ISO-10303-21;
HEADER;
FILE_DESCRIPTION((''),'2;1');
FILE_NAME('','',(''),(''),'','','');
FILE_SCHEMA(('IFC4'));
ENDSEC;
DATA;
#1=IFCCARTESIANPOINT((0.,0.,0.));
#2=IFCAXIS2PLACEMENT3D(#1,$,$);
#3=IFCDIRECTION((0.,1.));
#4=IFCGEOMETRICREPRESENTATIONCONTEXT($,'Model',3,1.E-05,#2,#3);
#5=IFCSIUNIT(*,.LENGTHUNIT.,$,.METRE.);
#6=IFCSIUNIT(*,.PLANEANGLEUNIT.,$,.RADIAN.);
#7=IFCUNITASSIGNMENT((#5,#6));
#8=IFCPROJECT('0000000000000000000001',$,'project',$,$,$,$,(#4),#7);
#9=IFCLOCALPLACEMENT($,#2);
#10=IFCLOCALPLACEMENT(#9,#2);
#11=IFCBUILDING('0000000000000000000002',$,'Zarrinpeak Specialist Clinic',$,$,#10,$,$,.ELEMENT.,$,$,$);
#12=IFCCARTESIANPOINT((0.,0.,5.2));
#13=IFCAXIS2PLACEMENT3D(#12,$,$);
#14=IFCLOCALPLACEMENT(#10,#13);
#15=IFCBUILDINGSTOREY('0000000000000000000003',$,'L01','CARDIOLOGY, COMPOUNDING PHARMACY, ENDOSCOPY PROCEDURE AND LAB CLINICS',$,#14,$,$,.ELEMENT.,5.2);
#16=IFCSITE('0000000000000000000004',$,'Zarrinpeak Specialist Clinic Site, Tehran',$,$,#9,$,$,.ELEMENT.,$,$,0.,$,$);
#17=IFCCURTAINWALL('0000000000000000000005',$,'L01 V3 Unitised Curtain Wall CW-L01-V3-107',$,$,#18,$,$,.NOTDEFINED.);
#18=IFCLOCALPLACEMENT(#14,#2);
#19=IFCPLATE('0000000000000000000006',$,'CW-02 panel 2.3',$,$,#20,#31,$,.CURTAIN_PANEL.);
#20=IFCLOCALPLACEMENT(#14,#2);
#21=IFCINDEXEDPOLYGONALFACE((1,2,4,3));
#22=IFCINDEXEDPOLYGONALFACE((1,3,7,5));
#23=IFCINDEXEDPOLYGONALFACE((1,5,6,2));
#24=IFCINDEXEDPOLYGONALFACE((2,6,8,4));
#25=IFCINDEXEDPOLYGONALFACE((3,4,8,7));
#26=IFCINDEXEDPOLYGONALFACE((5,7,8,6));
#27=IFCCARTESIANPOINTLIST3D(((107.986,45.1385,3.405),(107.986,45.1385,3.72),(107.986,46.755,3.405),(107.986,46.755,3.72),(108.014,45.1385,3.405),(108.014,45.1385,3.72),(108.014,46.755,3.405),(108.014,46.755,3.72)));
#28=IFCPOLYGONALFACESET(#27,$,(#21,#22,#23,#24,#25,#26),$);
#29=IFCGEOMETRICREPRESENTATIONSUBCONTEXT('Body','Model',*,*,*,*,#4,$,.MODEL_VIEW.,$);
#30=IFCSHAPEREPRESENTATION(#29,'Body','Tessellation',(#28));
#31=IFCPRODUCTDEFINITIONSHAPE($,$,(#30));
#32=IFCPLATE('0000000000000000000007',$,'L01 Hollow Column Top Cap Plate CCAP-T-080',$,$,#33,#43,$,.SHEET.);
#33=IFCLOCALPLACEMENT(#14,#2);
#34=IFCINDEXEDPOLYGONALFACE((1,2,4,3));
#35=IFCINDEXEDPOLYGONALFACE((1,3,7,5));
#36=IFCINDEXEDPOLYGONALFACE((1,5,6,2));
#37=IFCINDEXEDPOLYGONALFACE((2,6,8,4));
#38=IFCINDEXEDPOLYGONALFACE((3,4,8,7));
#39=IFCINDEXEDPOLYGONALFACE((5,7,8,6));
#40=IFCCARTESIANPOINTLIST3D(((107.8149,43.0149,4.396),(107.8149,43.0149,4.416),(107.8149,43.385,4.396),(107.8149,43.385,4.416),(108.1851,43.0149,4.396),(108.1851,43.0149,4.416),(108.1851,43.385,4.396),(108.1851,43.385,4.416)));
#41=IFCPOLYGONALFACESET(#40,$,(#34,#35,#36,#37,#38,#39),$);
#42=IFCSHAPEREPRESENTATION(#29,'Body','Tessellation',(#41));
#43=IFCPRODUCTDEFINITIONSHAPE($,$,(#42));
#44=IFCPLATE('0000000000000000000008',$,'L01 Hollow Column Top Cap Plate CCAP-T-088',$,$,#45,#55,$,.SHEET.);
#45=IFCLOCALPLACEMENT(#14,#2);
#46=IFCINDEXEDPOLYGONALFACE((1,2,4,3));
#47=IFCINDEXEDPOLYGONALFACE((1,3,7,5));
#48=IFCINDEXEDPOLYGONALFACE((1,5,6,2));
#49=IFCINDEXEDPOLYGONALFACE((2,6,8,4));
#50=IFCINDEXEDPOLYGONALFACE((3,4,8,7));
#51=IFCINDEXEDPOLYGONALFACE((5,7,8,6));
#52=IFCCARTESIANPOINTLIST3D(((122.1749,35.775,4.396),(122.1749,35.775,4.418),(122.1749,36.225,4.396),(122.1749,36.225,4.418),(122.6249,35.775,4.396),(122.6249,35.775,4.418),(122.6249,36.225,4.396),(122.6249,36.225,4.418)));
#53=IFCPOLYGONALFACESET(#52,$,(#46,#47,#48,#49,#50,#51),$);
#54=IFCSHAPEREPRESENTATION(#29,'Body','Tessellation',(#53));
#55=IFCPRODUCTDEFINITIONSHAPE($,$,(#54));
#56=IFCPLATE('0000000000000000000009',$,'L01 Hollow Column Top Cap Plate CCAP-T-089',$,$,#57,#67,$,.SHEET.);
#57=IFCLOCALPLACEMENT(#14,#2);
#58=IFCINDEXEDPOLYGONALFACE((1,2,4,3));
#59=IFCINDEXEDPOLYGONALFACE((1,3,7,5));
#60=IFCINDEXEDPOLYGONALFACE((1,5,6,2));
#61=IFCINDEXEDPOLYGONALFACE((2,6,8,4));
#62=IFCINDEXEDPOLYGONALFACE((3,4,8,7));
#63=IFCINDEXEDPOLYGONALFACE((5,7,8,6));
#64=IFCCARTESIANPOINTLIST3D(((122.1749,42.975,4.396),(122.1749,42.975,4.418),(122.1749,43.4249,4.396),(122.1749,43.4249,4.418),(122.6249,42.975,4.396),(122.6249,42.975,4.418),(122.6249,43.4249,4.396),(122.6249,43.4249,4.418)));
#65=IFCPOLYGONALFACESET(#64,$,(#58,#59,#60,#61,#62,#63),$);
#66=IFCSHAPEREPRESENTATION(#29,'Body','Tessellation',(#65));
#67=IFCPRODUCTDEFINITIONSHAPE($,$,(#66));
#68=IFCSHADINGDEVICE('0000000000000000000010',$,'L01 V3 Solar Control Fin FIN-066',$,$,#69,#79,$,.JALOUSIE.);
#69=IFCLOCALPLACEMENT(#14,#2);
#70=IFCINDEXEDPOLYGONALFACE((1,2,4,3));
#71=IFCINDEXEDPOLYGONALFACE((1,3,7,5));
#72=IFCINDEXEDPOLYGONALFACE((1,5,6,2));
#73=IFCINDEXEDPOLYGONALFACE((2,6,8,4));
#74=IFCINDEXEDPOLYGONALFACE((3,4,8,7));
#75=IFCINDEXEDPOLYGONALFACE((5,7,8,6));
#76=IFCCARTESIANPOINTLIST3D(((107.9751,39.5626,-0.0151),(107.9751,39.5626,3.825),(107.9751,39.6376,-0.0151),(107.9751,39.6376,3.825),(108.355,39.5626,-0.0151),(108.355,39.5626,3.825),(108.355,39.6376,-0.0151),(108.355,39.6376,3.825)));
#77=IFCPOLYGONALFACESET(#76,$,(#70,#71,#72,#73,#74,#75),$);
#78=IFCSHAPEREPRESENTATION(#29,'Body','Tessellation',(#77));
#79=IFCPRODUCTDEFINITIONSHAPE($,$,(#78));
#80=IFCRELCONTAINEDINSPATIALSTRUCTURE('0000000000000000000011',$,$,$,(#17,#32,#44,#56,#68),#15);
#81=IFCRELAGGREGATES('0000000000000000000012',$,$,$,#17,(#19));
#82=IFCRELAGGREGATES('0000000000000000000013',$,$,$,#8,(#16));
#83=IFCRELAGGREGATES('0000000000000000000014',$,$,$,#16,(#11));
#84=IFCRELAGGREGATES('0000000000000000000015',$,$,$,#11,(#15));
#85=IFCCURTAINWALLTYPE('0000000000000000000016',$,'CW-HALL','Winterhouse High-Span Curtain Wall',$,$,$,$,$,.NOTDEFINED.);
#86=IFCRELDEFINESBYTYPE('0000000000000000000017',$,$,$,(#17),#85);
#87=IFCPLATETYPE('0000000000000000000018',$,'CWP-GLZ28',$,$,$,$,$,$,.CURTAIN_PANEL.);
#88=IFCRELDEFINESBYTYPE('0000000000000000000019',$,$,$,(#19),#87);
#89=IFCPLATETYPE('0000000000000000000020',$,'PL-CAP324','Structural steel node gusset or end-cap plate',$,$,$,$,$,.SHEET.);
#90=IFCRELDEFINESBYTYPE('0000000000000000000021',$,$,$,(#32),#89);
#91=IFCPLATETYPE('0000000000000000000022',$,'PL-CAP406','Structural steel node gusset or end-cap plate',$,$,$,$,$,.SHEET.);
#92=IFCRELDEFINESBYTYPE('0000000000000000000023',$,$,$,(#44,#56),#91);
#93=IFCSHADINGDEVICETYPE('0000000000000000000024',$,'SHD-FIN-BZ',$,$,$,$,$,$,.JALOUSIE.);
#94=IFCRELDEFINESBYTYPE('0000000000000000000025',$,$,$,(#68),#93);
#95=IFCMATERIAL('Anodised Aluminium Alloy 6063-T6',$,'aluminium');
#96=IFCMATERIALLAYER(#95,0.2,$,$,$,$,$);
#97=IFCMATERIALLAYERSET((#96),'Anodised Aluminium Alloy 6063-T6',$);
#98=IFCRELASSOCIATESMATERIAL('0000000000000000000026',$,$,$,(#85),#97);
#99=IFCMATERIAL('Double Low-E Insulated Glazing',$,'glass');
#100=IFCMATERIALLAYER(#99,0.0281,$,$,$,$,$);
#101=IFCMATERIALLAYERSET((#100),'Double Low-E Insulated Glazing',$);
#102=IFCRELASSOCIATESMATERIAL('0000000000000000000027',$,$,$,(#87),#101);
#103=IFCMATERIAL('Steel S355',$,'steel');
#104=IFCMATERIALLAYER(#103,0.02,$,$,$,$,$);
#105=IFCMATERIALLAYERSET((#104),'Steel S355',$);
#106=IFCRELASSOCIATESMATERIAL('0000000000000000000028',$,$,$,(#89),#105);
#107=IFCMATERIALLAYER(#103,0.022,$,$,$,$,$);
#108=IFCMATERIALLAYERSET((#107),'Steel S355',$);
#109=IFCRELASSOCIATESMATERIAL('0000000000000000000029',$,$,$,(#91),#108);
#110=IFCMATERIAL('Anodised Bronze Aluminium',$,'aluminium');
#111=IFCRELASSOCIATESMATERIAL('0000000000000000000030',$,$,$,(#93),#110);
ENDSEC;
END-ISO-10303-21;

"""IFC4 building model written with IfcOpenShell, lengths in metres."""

from ifc_helpers import new_model, si_unit, direction, frame, origin, origin_2d, place, context, subcontext, project, spatial, rectangle, extrude, material, layer, layer_set, type_object, element, aggregate, save


model = new_model("IFC4")

# Units and contexts
model_context = context("Model", 3, precision=1e-05, world=origin(), true_north=direction((0.0, 1.0)))
body_context = subcontext(model_context, "Body", "Model", "MODEL_VIEW")
ifc_project = project(units=[si_unit("LENGTHUNIT", "METRE"), si_unit("PLANEANGLEUNIT", "RADIAN")], contexts=[model_context])

# Site, building, storey
site_placement = place(None, origin())
site = spatial("IfcSite", under=ifc_project, at=site_placement, Name="Zarrinpeak Specialist Clinic Site, Tehran", CompositionType="ELEMENT", RefElevation=0.0)
building_placement = place(site_placement, origin())
building = spatial("IfcBuilding", under=site, at=building_placement, Name="Zarrinpeak Specialist Clinic", CompositionType="ELEMENT")
storey_placement = place(building_placement, frame((0.0, 0.0, 5.2)))
storey = spatial("IfcBuildingStorey", under=building, at=storey_placement, Name="L01", Description="CARDIOLOGY, COMPOUNDING PHARMACY, ENDOSCOPY PROCEDURE AND LAB CLINICS", CompositionType="ELEMENT", Elevation=5.2)

# Shared definitions
ifc_material_1 = material(Name="Steel S355", Category="steel")

# Curtain wall
ifc_material_2 = material(Name="Anodised Aluminium Alloy 6063-T6", Category="aluminium")
ifc_layer_1 = layer(ifc_material_2, 0.2)
ifc_layer_set_1 = layer_set([ifc_layer_1], Name="Anodised Aluminium Alloy 6063-T6")
curtain_wall_type = type_object("IfcCurtainWallType", Name="CW-HALL", Description="Winterhouse High-Span Curtain Wall", PredefinedType="NOTDEFINED", material=ifc_layer_set_1)
curtain_wall_1_placement = place(storey_placement, origin())
curtain_wall_1 = element("IfcCurtainWall", 1, at=curtain_wall_1_placement, inside=storey, type_object=curtain_wall_type, Name="L01 V3 Unitised Curtain Wall CW-L01-V3-107", PredefinedType="NOTDEFINED")

# Plate
ifc_material_3 = material(Name="Double Low-E Insulated Glazing", Category="glass")
ifc_layer_2 = layer(ifc_material_3, 0.0281)
ifc_layer_set_2 = layer_set([ifc_layer_2], Name="Double Low-E Insulated Glazing")
plate_type_1 = type_object("IfcPlateType", Name="CWP-GLZ28", PredefinedType="CURTAIN_PANEL", material=ifc_layer_set_2)
plate_1_placement = place(storey_placement, frame((108.0, 45.9468, 3.405), z_axis=(0.0, 0.0, 1.0), x_axis=(0.0, 1.0, 0.0)))
plate_1 = element("IfcPlate", 2, at=plate_1_placement, type_object=plate_type_1, Name="CW-02 panel 2.3", PredefinedType="CURTAIN_PANEL", context=body_context, shape_type="SweptSolid", body=[
    extrude(rectangle(XDim=1.6165, YDim=0.0281, at=origin_2d()), origin(), (0.0, 0.0, 1.0), 0.3149),
])
aggregate(curtain_wall_1, [plate_1])

# Plates
ifc_layer_3 = layer(ifc_material_1, 0.02)
ifc_layer_set_3 = layer_set([ifc_layer_3], Name="Steel S355")
plate_type_2 = type_object("IfcPlateType", Name="PL-CAP324", Description="Structural steel node gusset or end-cap plate", PredefinedType="SHEET", material=ifc_layer_set_3)
plate_2_placement = place(storey_placement, frame((108.0, 43.2, 4.396), z_axis=(0.0, 0.0, 1.0), x_axis=(1.0, 0.0, 0.0)))
element("IfcPlate", 3, at=plate_2_placement, inside=storey, type_object=plate_type_2, Name="L01 Hollow Column Top Cap Plate CCAP-T-080", PredefinedType="SHEET", context=body_context, shape_type="SweptSolid", body=[
    extrude(rectangle(XDim=0.3701, YDim=0.3701, at=origin_2d()), origin(), (0.0, 0.0, 1.0), 0.02),
])
ifc_layer_4 = layer(ifc_material_1, 0.022)
ifc_layer_set_4 = layer_set([ifc_layer_4], Name="Steel S355")
plate_type_3 = type_object("IfcPlateType", Name="PL-CAP406", Description="Structural steel node gusset or end-cap plate", PredefinedType="SHEET", material=ifc_layer_set_4)
for number, where, z_axis, x_axis, name in (
    (4, (122.3999, 36.0, 4.396), (0.0, 0.0, 1.0), (1.0, 0.0, 0.0), "L01 Hollow Column Top Cap Plate CCAP-T-088"),
    (5, (122.3999, 43.2, 4.396), (0.0, 0.0, 1.0), (1.0, 0.0, 0.0), "L01 Hollow Column Top Cap Plate CCAP-T-089"),
):
    element("IfcPlate", number, at=place(storey_placement, frame(where, z_axis=z_axis, x_axis=x_axis)), inside=storey, type_object=plate_type_3, Name=name, PredefinedType="SHEET", context=body_context, shape_type="SweptSolid", body=[
        extrude(rectangle(XDim=0.45, YDim=0.45, at=origin_2d()), origin(), (0.0, 0.0, 1.0), 0.022),
    ])

# Shading device
ifc_material_4 = material(Name="Anodised Bronze Aluminium", Category="aluminium")
shading_device_type = type_object("IfcShadingDeviceType", Name="SHD-FIN-BZ", PredefinedType="JALOUSIE", material=ifc_material_4)
shading_device_placement = place(storey_placement, frame((108.165, 39.6001, -0.0151), z_axis=(0.0, 0.0, 1.0), x_axis=(1.0, 0.0, 0.0)))
element("IfcShadingDevice", 6, at=shading_device_placement, inside=storey, type_object=shading_device_type, Name="L01 V3 Solar Control Fin FIN-066", PredefinedType="JALOUSIE", context=body_context, shape_type="SweptSolid", body=[
    extrude(rectangle(XDim=0.3799, YDim=0.075, at=origin_2d()), origin(), (0.0, 0.0, 1.0), 3.8401),
])

save(model, "model.ifc")
